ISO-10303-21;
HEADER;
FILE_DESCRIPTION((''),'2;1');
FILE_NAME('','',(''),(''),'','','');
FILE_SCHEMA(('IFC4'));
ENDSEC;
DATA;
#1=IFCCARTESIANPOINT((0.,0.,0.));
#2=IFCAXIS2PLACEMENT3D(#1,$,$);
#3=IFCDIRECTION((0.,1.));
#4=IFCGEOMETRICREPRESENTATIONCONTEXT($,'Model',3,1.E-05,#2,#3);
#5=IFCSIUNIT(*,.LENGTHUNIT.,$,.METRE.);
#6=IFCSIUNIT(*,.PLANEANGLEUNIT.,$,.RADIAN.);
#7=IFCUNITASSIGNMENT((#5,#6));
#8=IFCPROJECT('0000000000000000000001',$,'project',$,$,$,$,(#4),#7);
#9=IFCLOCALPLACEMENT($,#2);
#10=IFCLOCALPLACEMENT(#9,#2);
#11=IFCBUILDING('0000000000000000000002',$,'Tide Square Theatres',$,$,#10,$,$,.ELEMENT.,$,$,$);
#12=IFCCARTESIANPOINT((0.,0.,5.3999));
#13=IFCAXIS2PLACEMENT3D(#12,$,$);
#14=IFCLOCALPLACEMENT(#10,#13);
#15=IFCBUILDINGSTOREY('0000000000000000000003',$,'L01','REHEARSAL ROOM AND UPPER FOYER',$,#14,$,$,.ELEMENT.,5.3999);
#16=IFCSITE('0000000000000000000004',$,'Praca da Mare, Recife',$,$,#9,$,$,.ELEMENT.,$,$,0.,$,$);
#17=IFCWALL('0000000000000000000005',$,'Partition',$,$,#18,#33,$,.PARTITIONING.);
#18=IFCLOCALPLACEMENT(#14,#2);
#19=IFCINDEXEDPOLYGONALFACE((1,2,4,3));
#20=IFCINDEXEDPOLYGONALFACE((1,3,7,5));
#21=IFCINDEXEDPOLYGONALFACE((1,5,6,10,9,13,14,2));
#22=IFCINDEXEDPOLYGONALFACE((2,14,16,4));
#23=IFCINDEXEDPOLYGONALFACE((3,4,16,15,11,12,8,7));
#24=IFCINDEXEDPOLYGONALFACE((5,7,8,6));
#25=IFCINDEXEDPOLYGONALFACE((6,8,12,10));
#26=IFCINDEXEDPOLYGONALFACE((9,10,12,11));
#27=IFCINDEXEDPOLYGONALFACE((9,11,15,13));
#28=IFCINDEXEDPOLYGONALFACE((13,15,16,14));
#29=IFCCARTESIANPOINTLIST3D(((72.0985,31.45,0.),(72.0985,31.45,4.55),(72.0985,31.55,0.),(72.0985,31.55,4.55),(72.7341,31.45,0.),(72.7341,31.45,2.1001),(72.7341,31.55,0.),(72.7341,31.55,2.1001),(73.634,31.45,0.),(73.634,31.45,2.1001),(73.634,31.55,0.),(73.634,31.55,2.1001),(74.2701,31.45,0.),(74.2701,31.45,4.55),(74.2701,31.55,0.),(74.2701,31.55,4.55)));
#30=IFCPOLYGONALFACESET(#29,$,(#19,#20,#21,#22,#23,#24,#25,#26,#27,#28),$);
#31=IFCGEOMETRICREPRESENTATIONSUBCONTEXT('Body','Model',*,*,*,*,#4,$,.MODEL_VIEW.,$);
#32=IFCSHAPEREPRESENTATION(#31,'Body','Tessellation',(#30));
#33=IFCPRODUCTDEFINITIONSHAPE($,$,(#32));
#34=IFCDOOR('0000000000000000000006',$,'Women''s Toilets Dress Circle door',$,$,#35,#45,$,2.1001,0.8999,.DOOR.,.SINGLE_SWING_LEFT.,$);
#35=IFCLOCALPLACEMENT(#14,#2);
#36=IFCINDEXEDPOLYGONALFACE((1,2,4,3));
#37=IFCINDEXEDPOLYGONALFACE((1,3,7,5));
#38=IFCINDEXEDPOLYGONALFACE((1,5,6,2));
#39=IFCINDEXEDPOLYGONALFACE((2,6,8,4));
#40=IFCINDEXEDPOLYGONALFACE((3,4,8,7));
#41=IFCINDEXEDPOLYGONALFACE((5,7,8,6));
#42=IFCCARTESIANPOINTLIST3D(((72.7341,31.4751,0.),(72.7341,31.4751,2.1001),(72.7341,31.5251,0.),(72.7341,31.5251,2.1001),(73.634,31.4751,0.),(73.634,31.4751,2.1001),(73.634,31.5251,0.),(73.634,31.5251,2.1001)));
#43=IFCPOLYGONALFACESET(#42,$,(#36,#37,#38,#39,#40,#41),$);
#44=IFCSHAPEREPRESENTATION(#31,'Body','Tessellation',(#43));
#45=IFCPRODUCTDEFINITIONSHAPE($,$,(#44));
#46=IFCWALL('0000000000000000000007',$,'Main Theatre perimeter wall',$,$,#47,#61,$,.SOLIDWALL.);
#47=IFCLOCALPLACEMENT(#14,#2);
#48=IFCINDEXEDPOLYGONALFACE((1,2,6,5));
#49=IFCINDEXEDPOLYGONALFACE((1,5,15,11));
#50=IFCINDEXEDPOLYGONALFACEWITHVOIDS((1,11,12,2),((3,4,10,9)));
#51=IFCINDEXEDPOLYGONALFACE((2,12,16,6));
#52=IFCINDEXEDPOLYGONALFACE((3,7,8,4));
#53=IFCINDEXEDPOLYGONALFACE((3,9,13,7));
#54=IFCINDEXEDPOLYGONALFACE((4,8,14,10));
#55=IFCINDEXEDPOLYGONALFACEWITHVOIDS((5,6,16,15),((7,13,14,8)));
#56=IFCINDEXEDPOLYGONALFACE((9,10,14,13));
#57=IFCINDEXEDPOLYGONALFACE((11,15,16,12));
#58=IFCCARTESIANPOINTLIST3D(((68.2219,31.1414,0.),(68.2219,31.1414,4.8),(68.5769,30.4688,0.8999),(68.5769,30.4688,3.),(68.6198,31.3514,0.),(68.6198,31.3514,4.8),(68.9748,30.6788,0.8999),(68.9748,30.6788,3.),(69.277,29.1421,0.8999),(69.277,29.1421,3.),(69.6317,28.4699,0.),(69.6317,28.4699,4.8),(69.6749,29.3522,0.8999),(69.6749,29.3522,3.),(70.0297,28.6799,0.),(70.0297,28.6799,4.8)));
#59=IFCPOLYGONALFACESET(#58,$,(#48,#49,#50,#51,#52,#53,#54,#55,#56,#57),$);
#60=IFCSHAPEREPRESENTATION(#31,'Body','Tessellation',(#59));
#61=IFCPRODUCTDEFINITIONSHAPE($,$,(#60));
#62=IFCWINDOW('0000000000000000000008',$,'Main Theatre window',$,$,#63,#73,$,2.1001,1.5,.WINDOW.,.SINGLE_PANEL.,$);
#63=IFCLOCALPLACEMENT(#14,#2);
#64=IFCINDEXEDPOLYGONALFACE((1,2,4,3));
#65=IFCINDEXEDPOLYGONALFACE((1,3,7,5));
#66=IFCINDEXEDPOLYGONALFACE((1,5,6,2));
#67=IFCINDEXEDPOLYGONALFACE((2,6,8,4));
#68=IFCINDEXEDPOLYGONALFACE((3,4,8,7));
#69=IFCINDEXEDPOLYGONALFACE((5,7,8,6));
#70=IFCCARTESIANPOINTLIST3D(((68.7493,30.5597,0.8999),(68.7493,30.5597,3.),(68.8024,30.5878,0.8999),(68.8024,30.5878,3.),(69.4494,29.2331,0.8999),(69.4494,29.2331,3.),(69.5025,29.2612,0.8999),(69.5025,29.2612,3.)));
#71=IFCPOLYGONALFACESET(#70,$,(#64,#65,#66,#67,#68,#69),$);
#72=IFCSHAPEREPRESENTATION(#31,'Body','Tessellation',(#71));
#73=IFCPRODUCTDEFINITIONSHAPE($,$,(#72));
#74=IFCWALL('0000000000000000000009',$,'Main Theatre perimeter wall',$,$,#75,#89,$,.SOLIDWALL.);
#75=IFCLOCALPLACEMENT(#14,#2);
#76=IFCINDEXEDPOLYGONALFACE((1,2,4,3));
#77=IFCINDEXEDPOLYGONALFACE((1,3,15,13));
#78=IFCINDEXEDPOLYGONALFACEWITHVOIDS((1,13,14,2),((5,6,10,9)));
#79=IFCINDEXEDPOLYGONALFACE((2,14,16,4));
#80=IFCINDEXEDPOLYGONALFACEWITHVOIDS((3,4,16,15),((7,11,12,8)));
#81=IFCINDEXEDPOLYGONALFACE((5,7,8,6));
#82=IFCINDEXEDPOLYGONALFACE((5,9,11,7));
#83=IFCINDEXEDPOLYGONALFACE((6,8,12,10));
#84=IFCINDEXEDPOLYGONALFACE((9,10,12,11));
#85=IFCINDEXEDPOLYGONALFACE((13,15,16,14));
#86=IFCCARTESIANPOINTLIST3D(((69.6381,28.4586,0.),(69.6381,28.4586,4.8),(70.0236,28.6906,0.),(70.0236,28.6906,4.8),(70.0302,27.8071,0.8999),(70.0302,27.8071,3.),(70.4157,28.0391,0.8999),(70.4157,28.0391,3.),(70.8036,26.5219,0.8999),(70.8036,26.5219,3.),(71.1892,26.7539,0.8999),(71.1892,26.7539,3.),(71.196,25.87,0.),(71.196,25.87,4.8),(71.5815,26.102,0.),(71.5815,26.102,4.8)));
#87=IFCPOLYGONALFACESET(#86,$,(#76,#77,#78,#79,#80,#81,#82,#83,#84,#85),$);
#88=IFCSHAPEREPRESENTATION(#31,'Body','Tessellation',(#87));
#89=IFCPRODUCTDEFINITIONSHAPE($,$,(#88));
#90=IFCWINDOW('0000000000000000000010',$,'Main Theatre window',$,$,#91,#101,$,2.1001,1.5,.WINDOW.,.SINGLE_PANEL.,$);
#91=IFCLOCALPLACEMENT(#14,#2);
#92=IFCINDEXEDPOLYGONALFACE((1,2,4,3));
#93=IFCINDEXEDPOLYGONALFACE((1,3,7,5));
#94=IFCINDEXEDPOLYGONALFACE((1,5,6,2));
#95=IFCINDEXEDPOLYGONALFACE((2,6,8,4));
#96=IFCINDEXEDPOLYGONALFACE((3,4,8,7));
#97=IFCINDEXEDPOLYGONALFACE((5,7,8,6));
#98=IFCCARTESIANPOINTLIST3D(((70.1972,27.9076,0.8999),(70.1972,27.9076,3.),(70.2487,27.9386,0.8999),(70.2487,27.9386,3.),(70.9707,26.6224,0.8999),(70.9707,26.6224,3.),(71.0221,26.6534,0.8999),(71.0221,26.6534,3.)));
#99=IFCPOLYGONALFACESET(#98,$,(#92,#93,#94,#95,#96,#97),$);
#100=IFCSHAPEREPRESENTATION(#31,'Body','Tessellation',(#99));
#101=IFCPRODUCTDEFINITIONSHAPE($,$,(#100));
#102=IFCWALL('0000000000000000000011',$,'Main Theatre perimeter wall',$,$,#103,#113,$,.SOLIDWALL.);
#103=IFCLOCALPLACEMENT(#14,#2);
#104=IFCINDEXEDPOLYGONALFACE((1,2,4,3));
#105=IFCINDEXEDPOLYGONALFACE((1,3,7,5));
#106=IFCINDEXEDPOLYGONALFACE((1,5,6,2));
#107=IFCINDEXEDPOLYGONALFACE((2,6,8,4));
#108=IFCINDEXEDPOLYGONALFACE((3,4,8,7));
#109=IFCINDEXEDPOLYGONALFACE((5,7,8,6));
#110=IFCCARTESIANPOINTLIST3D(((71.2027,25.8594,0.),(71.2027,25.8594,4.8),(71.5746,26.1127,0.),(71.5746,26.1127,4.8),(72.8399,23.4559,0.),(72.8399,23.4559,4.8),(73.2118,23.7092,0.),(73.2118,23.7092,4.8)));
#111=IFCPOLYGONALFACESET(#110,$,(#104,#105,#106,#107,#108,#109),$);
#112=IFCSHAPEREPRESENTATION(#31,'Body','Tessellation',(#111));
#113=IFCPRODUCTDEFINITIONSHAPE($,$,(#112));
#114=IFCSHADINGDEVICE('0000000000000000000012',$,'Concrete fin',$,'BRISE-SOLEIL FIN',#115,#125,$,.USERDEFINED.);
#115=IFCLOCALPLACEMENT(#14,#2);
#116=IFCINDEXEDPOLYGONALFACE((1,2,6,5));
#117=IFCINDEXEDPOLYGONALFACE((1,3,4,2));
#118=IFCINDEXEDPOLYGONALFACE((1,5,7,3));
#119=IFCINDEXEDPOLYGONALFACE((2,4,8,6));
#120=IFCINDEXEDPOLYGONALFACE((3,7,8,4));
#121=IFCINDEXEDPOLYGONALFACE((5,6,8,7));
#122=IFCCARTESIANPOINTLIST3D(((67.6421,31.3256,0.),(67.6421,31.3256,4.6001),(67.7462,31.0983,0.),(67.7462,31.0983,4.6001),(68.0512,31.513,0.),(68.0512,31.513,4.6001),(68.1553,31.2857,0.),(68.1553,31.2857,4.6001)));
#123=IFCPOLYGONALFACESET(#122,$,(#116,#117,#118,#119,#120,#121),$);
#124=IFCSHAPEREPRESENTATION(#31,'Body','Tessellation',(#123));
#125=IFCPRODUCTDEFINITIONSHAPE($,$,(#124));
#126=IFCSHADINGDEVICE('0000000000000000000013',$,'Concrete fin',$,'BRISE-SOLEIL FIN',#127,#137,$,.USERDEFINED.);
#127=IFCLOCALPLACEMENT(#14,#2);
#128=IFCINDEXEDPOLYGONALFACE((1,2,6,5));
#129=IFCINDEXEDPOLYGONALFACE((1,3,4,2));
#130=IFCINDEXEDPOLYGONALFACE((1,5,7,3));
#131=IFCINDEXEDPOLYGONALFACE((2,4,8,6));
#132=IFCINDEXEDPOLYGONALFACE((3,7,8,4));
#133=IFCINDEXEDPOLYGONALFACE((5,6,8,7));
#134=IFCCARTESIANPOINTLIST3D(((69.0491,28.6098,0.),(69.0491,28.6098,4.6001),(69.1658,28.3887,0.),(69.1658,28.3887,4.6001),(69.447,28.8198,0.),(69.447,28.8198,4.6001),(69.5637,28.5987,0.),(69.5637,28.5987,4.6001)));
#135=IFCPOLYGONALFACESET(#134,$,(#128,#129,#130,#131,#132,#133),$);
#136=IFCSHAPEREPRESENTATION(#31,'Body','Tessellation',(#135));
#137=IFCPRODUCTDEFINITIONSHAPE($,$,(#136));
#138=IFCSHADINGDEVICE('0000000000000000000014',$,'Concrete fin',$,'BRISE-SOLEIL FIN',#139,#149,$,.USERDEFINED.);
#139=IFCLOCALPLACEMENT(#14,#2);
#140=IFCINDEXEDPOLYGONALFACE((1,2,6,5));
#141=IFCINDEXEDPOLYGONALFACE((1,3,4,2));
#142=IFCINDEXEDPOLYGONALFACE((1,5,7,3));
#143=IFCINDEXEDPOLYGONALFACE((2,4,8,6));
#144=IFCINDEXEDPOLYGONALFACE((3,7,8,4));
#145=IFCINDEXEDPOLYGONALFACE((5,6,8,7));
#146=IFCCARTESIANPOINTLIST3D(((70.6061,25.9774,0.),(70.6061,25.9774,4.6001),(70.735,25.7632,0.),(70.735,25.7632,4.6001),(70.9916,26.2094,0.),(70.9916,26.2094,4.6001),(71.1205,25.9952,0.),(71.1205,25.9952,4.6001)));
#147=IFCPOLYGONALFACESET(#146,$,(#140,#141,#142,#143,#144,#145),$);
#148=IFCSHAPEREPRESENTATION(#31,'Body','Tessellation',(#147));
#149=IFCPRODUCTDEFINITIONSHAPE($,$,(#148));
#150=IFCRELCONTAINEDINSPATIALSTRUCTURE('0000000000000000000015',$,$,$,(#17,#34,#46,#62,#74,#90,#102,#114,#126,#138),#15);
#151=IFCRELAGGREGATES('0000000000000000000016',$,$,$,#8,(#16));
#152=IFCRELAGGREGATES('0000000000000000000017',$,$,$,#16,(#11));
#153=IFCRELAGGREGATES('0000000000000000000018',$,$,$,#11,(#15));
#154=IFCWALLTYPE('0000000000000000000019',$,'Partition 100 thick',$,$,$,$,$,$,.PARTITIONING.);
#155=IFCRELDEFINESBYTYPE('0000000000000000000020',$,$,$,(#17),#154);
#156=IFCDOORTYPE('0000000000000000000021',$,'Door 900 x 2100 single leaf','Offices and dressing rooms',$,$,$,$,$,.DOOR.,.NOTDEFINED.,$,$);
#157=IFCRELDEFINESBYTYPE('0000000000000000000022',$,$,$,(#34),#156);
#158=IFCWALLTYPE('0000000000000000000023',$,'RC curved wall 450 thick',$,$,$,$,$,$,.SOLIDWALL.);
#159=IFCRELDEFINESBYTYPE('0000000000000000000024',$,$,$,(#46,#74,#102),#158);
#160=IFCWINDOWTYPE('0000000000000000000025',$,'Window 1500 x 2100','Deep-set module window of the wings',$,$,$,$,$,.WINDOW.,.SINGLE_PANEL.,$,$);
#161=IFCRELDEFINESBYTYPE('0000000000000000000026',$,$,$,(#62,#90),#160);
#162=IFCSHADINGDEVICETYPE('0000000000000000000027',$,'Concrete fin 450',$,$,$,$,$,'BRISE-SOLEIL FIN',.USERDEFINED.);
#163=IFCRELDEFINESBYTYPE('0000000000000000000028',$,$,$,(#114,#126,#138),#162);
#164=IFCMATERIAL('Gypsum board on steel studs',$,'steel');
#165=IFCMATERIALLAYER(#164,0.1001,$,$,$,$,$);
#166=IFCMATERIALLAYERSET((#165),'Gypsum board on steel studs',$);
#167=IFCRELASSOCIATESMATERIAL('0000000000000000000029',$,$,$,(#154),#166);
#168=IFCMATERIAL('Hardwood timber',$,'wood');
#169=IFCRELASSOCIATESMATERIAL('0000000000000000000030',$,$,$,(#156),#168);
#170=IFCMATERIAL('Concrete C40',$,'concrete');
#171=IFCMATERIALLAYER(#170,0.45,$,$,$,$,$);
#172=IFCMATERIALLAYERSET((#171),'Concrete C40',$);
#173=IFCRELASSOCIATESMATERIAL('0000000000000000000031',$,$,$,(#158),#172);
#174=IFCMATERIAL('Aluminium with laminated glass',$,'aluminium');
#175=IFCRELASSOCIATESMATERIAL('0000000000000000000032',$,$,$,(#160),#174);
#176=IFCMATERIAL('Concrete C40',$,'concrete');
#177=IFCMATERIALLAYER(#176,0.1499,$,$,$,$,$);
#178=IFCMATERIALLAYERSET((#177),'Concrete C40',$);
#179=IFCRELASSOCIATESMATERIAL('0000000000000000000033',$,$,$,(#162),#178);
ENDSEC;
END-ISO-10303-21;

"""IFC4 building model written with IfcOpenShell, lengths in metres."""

from ifc_helpers import new_model, si_unit, direction, frame, frame_2d, origin, origin_2d, place, context, subcontext, project, spatial, rectangle, extrude, material, layer, layer_set, type_object, element, fill, save


model = new_model("IFC4")

# Units and contexts
model_context = context("Model", 3, precision=1e-05, world=origin(), true_north=direction((0.0, 1.0)))
body_context = subcontext(model_context, "Body", "Model", "MODEL_VIEW")
ifc_project = project(units=[si_unit("LENGTHUNIT", "METRE"), si_unit("PLANEANGLEUNIT", "RADIAN")], contexts=[model_context])

# Site, building, storey
site_placement = place(None, origin())
site = spatial("IfcSite", under=ifc_project, at=site_placement, Name="Praca da Mare, Recife", CompositionType="ELEMENT", RefElevation=0.0)
building_placement = place(site_placement, origin())
building = spatial("IfcBuilding", under=site, at=building_placement, Name="Tide Square Theatres", CompositionType="ELEMENT")
storey_placement = place(building_placement, frame((0.0, 0.0, 5.3999)))
storey = spatial("IfcBuildingStorey", under=building, at=storey_placement, Name="L01", Description="REHEARSAL ROOM AND UPPER FOYER", CompositionType="ELEMENT", Elevation=5.3999)

# Shared definitions
ifc_material_1 = material(Name="Gypsum board on steel studs", Category="steel")
ifc_layer_1 = layer(ifc_material_1, 0.1001)
ifc_layer_set_1 = layer_set([ifc_layer_1], Name="Gypsum board on steel studs")
wall_type_1 = type_object("IfcWallType", Name="Partition 100 thick", PredefinedType="PARTITIONING", material=ifc_layer_set_1)

# Wall, opening, door
wall_1_placement = place(storey_placement, frame((72.0984, 31.5, 0.0), z_axis=(0.0, 0.0, 1.0), x_axis=(1.0, 0.0, 0.0)))
wall_1 = element("IfcWall", 1, at=wall_1_placement, inside=storey, type_object=wall_type_1, Name="Partition", PredefinedType="PARTITIONING", context=body_context, shape_type="SweptSolid", body=[
    extrude(rectangle(XDim=2.1716, YDim=0.1001, at=frame_2d((1.0859, 0.0))), origin(), (0.0, 0.0, 1.0), 4.55),
])
opening_1_placement = place(wall_1_placement, frame((0.6357, 0.0, 0.0)))
opening_1 = element("IfcOpeningElement", 2, at=opening_1_placement, cuts=wall_1, PredefinedType="OPENING", context=body_context, shape_type="SweptSolid", body=[
    extrude(rectangle(XDim=0.8999, YDim=2.1001, at=frame_2d((0.45, 1.05))), frame((0.0, 0.0601, 0.0), z_axis=(0.0, -1.0, 0.0), x_axis=(1.0, 0.0, 0.0)), (0.0, 0.0, 1.0), 0.1201),
])
ifc_material_2 = material(Name="Hardwood timber", Category="wood")
door_type = type_object("IfcDoorType", Name="Door 900 x 2100 single leaf", Description="Offices and dressing rooms", OperationType="NOTDEFINED", PredefinedType="DOOR", material=ifc_material_2)
door_placement = place(opening_1_placement, frame((0.8999, 0.0, 0.0), z_axis=(0.0, 0.0, 1.0), x_axis=(-1.0, 0.0, 0.0)))
door = element("IfcDoor", 3, at=door_placement, inside=storey, type_object=door_type, Name="Women's Toilets Dress Circle door", OperationType="SINGLE_SWING_LEFT", OverallHeight=2.1001, OverallWidth=0.8999, PredefinedType="DOOR", context=body_context, shape_type="SweptSolid", body=[
    extrude(rectangle(XDim=0.8999, YDim=2.1001, at=frame_2d((0.45, 1.05))), frame((0.0, 0.0249, 0.0), z_axis=(0.0, -1.0, 0.0), x_axis=(1.0, 0.0, 0.0)), (0.0, 0.0, 1.0), 0.05),
])
fill(opening_1, door)

# Walls, openings, windows
ifc_material_3 = material(Name="Concrete C40", Category="concrete")
ifc_layer_2 = layer(ifc_material_3, 0.45)
ifc_layer_set_2 = layer_set([ifc_layer_2], Name="Concrete C40")
wall_type_2 = type_object("IfcWallType", Name="RC curved wall 450 thick", PredefinedType="SOLIDWALL", material=ifc_layer_set_2)
wall_2_placement = place(storey_placement, frame((68.4209, 31.2463, 0.0), z_axis=(0.0, 0.0, 1.0), x_axis=(0.466729, -0.884401, 0.0)))
wall_2 = element("IfcWall", 4, at=wall_2_placement, inside=storey, type_object=wall_type_2, Name="Main Theatre perimeter wall", PredefinedType="SOLIDWALL", context=body_context, shape_type="SweptSolid", body=[
    extrude(rectangle(XDim=3.0208, YDim=0.45, at=frame_2d((1.5103, 0.0))), origin(), (0.0, 0.0, 1.0), 4.8),
])
opening_2_placement = place(wall_2_placement, frame((0.7605, 0.0, 0.8999)))
opening_2 = element("IfcOpeningElement", 5, at=opening_2_placement, cuts=wall_2, PredefinedType="OPENING", context=body_context, shape_type="SweptSolid", body=[
    extrude(rectangle(XDim=1.5, YDim=2.1001, at=frame_2d((0.75, 1.05))), frame((0.0, 0.2349, 0.0), z_axis=(0.0, -1.0, 0.0), x_axis=(1.0, 0.0, 0.0)), (0.0, 0.0, 1.0), 0.47),
])
ifc_material_4 = material(Name="Aluminium with laminated glass", Category="aluminium")
window_type = type_object("IfcWindowType", Name="Window 1500 x 2100", Description="Deep-set module window of the wings", PartitioningType="SINGLE_PANEL", PredefinedType="WINDOW", material=ifc_material_4)
window_1_placement = place(opening_2_placement, origin())
window_1 = element("IfcWindow", 6, at=window_1_placement, inside=storey, type_object=window_type, Name="Main Theatre window", OverallHeight=2.1001, OverallWidth=1.5, PartitioningType="SINGLE_PANEL", PredefinedType="WINDOW", context=body_context, shape_type="SweptSolid", body=[
    extrude(rectangle(XDim=1.5, YDim=2.1001, at=frame_2d((0.75, 1.05))), frame((0.0, 0.03, 0.0), z_axis=(0.0, -1.0, 0.0), x_axis=(1.0, 0.0, 0.0)), (0.0, 0.0, 1.0), 0.0601),
])
fill(opening_2, window_1)
wall_3_placement = place(storey_placement, frame((69.8308, 28.5747, 0.0), z_axis=(0.0, 0.0, 1.0), x_axis=(0.515636, -0.856808, 0.0)))
wall_3 = element("IfcWall", 7, at=wall_3_placement, inside=storey, type_object=wall_type_2, Name="Main Theatre perimeter wall", PredefinedType="SOLIDWALL", context=body_context, shape_type="SweptSolid", body=[
    extrude(rectangle(XDim=3.0212, YDim=0.45, at=frame_2d((1.5107, 0.0))), origin(), (0.0, 0.0, 1.0), 4.8),
])
opening_3_placement = place(wall_3_placement, frame((0.7605, 0.0, 0.8999)))
opening_3 = element("IfcOpeningElement", 8, at=opening_3_placement, cuts=wall_3, PredefinedType="OPENING", context=body_context, shape_type="SweptSolid", body=[
    extrude(rectangle(XDim=1.5, YDim=2.1001, at=frame_2d((0.75, 1.05))), frame((0.0, 0.2349, 0.0), z_axis=(0.0, -1.0, 0.0), x_axis=(1.0, 0.0, 0.0)), (0.0, 0.0, 1.0), 0.47),
])
window_2_placement = place(opening_3_placement, origin())
window_2 = element("IfcWindow", 9, at=window_2_placement, inside=storey, type_object=window_type, Name="Main Theatre window", OverallHeight=2.1001, OverallWidth=1.5, PartitioningType="SINGLE_PANEL", PredefinedType="WINDOW", context=body_context, shape_type="SweptSolid", body=[
    extrude(rectangle(XDim=1.5, YDim=2.1001, at=frame_2d((0.75, 1.05))), frame((0.0, 0.03, 0.0), z_axis=(0.0, -1.0, 0.0), x_axis=(1.0, 0.0, 0.0)), (0.0, 0.0, 1.0), 0.0601),
])
fill(opening_3, window_2)

# Wall
wall_4_placement = place(storey_placement, frame((71.3887, 25.9861, 0.0), z_axis=(0.0, 0.0, 1.0), x_axis=(0.562964, -0.826481, 0.0)))
element("IfcWall", 10, at=wall_4_placement, inside=storey, type_object=wall_type_2, Name="Main Theatre perimeter wall", PredefinedType="SOLIDWALL", context=body_context, shape_type="SweptSolid", body=[
    extrude(rectangle(XDim=2.9082, YDim=0.45, at=frame_2d((1.4541, 0.0))), origin(), (0.0, 0.0, 1.0), 4.8),
])

# Shading devices
ifc_material_5 = material(Name="Concrete C40", Category="concrete")
ifc_layer_3 = layer(ifc_material_5, 0.1499)
ifc_layer_set_3 = layer_set([ifc_layer_3], Name="Concrete C40")
shading_device_type = type_object("IfcShadingDeviceType", Name="Concrete fin 450", ElementType="BRISE-SOLEIL FIN", PredefinedType="USERDEFINED", material=ifc_layer_set_3)
for number, where, z_axis, x_axis, name in (
    (11, (67.8987, 31.3057, 0.0), (0.0, 0.0, 1.0), (0.416344, -0.909207, 0.0), "Concrete fin"),
    (12, (69.3064, 28.6042, 0.0), (0.0, 0.0, 1.0), (0.466757, -0.884386, 0.0), "Concrete fin"),
    (13, (70.8633, 25.9863, 0.0), (0.0, 0.0, 1.0), (0.515681, -0.856781, 0.0), "Concrete fin"),
):
    element("IfcShadingDevice", number, at=place(storey_placement, frame(where, z_axis=z_axis, x_axis=x_axis)), inside=storey, type_object=shading_device_type, Name=name, ObjectType="BRISE-SOLEIL FIN", PredefinedType="USERDEFINED", context=body_context, shape_type="SweptSolid", body=[
        extrude(rectangle(XDim=0.25, YDim=0.45, at=origin_2d()), origin(), (0.0, 0.0, 1.0), 4.6001),
    ])

save(model, "model.ifc")
